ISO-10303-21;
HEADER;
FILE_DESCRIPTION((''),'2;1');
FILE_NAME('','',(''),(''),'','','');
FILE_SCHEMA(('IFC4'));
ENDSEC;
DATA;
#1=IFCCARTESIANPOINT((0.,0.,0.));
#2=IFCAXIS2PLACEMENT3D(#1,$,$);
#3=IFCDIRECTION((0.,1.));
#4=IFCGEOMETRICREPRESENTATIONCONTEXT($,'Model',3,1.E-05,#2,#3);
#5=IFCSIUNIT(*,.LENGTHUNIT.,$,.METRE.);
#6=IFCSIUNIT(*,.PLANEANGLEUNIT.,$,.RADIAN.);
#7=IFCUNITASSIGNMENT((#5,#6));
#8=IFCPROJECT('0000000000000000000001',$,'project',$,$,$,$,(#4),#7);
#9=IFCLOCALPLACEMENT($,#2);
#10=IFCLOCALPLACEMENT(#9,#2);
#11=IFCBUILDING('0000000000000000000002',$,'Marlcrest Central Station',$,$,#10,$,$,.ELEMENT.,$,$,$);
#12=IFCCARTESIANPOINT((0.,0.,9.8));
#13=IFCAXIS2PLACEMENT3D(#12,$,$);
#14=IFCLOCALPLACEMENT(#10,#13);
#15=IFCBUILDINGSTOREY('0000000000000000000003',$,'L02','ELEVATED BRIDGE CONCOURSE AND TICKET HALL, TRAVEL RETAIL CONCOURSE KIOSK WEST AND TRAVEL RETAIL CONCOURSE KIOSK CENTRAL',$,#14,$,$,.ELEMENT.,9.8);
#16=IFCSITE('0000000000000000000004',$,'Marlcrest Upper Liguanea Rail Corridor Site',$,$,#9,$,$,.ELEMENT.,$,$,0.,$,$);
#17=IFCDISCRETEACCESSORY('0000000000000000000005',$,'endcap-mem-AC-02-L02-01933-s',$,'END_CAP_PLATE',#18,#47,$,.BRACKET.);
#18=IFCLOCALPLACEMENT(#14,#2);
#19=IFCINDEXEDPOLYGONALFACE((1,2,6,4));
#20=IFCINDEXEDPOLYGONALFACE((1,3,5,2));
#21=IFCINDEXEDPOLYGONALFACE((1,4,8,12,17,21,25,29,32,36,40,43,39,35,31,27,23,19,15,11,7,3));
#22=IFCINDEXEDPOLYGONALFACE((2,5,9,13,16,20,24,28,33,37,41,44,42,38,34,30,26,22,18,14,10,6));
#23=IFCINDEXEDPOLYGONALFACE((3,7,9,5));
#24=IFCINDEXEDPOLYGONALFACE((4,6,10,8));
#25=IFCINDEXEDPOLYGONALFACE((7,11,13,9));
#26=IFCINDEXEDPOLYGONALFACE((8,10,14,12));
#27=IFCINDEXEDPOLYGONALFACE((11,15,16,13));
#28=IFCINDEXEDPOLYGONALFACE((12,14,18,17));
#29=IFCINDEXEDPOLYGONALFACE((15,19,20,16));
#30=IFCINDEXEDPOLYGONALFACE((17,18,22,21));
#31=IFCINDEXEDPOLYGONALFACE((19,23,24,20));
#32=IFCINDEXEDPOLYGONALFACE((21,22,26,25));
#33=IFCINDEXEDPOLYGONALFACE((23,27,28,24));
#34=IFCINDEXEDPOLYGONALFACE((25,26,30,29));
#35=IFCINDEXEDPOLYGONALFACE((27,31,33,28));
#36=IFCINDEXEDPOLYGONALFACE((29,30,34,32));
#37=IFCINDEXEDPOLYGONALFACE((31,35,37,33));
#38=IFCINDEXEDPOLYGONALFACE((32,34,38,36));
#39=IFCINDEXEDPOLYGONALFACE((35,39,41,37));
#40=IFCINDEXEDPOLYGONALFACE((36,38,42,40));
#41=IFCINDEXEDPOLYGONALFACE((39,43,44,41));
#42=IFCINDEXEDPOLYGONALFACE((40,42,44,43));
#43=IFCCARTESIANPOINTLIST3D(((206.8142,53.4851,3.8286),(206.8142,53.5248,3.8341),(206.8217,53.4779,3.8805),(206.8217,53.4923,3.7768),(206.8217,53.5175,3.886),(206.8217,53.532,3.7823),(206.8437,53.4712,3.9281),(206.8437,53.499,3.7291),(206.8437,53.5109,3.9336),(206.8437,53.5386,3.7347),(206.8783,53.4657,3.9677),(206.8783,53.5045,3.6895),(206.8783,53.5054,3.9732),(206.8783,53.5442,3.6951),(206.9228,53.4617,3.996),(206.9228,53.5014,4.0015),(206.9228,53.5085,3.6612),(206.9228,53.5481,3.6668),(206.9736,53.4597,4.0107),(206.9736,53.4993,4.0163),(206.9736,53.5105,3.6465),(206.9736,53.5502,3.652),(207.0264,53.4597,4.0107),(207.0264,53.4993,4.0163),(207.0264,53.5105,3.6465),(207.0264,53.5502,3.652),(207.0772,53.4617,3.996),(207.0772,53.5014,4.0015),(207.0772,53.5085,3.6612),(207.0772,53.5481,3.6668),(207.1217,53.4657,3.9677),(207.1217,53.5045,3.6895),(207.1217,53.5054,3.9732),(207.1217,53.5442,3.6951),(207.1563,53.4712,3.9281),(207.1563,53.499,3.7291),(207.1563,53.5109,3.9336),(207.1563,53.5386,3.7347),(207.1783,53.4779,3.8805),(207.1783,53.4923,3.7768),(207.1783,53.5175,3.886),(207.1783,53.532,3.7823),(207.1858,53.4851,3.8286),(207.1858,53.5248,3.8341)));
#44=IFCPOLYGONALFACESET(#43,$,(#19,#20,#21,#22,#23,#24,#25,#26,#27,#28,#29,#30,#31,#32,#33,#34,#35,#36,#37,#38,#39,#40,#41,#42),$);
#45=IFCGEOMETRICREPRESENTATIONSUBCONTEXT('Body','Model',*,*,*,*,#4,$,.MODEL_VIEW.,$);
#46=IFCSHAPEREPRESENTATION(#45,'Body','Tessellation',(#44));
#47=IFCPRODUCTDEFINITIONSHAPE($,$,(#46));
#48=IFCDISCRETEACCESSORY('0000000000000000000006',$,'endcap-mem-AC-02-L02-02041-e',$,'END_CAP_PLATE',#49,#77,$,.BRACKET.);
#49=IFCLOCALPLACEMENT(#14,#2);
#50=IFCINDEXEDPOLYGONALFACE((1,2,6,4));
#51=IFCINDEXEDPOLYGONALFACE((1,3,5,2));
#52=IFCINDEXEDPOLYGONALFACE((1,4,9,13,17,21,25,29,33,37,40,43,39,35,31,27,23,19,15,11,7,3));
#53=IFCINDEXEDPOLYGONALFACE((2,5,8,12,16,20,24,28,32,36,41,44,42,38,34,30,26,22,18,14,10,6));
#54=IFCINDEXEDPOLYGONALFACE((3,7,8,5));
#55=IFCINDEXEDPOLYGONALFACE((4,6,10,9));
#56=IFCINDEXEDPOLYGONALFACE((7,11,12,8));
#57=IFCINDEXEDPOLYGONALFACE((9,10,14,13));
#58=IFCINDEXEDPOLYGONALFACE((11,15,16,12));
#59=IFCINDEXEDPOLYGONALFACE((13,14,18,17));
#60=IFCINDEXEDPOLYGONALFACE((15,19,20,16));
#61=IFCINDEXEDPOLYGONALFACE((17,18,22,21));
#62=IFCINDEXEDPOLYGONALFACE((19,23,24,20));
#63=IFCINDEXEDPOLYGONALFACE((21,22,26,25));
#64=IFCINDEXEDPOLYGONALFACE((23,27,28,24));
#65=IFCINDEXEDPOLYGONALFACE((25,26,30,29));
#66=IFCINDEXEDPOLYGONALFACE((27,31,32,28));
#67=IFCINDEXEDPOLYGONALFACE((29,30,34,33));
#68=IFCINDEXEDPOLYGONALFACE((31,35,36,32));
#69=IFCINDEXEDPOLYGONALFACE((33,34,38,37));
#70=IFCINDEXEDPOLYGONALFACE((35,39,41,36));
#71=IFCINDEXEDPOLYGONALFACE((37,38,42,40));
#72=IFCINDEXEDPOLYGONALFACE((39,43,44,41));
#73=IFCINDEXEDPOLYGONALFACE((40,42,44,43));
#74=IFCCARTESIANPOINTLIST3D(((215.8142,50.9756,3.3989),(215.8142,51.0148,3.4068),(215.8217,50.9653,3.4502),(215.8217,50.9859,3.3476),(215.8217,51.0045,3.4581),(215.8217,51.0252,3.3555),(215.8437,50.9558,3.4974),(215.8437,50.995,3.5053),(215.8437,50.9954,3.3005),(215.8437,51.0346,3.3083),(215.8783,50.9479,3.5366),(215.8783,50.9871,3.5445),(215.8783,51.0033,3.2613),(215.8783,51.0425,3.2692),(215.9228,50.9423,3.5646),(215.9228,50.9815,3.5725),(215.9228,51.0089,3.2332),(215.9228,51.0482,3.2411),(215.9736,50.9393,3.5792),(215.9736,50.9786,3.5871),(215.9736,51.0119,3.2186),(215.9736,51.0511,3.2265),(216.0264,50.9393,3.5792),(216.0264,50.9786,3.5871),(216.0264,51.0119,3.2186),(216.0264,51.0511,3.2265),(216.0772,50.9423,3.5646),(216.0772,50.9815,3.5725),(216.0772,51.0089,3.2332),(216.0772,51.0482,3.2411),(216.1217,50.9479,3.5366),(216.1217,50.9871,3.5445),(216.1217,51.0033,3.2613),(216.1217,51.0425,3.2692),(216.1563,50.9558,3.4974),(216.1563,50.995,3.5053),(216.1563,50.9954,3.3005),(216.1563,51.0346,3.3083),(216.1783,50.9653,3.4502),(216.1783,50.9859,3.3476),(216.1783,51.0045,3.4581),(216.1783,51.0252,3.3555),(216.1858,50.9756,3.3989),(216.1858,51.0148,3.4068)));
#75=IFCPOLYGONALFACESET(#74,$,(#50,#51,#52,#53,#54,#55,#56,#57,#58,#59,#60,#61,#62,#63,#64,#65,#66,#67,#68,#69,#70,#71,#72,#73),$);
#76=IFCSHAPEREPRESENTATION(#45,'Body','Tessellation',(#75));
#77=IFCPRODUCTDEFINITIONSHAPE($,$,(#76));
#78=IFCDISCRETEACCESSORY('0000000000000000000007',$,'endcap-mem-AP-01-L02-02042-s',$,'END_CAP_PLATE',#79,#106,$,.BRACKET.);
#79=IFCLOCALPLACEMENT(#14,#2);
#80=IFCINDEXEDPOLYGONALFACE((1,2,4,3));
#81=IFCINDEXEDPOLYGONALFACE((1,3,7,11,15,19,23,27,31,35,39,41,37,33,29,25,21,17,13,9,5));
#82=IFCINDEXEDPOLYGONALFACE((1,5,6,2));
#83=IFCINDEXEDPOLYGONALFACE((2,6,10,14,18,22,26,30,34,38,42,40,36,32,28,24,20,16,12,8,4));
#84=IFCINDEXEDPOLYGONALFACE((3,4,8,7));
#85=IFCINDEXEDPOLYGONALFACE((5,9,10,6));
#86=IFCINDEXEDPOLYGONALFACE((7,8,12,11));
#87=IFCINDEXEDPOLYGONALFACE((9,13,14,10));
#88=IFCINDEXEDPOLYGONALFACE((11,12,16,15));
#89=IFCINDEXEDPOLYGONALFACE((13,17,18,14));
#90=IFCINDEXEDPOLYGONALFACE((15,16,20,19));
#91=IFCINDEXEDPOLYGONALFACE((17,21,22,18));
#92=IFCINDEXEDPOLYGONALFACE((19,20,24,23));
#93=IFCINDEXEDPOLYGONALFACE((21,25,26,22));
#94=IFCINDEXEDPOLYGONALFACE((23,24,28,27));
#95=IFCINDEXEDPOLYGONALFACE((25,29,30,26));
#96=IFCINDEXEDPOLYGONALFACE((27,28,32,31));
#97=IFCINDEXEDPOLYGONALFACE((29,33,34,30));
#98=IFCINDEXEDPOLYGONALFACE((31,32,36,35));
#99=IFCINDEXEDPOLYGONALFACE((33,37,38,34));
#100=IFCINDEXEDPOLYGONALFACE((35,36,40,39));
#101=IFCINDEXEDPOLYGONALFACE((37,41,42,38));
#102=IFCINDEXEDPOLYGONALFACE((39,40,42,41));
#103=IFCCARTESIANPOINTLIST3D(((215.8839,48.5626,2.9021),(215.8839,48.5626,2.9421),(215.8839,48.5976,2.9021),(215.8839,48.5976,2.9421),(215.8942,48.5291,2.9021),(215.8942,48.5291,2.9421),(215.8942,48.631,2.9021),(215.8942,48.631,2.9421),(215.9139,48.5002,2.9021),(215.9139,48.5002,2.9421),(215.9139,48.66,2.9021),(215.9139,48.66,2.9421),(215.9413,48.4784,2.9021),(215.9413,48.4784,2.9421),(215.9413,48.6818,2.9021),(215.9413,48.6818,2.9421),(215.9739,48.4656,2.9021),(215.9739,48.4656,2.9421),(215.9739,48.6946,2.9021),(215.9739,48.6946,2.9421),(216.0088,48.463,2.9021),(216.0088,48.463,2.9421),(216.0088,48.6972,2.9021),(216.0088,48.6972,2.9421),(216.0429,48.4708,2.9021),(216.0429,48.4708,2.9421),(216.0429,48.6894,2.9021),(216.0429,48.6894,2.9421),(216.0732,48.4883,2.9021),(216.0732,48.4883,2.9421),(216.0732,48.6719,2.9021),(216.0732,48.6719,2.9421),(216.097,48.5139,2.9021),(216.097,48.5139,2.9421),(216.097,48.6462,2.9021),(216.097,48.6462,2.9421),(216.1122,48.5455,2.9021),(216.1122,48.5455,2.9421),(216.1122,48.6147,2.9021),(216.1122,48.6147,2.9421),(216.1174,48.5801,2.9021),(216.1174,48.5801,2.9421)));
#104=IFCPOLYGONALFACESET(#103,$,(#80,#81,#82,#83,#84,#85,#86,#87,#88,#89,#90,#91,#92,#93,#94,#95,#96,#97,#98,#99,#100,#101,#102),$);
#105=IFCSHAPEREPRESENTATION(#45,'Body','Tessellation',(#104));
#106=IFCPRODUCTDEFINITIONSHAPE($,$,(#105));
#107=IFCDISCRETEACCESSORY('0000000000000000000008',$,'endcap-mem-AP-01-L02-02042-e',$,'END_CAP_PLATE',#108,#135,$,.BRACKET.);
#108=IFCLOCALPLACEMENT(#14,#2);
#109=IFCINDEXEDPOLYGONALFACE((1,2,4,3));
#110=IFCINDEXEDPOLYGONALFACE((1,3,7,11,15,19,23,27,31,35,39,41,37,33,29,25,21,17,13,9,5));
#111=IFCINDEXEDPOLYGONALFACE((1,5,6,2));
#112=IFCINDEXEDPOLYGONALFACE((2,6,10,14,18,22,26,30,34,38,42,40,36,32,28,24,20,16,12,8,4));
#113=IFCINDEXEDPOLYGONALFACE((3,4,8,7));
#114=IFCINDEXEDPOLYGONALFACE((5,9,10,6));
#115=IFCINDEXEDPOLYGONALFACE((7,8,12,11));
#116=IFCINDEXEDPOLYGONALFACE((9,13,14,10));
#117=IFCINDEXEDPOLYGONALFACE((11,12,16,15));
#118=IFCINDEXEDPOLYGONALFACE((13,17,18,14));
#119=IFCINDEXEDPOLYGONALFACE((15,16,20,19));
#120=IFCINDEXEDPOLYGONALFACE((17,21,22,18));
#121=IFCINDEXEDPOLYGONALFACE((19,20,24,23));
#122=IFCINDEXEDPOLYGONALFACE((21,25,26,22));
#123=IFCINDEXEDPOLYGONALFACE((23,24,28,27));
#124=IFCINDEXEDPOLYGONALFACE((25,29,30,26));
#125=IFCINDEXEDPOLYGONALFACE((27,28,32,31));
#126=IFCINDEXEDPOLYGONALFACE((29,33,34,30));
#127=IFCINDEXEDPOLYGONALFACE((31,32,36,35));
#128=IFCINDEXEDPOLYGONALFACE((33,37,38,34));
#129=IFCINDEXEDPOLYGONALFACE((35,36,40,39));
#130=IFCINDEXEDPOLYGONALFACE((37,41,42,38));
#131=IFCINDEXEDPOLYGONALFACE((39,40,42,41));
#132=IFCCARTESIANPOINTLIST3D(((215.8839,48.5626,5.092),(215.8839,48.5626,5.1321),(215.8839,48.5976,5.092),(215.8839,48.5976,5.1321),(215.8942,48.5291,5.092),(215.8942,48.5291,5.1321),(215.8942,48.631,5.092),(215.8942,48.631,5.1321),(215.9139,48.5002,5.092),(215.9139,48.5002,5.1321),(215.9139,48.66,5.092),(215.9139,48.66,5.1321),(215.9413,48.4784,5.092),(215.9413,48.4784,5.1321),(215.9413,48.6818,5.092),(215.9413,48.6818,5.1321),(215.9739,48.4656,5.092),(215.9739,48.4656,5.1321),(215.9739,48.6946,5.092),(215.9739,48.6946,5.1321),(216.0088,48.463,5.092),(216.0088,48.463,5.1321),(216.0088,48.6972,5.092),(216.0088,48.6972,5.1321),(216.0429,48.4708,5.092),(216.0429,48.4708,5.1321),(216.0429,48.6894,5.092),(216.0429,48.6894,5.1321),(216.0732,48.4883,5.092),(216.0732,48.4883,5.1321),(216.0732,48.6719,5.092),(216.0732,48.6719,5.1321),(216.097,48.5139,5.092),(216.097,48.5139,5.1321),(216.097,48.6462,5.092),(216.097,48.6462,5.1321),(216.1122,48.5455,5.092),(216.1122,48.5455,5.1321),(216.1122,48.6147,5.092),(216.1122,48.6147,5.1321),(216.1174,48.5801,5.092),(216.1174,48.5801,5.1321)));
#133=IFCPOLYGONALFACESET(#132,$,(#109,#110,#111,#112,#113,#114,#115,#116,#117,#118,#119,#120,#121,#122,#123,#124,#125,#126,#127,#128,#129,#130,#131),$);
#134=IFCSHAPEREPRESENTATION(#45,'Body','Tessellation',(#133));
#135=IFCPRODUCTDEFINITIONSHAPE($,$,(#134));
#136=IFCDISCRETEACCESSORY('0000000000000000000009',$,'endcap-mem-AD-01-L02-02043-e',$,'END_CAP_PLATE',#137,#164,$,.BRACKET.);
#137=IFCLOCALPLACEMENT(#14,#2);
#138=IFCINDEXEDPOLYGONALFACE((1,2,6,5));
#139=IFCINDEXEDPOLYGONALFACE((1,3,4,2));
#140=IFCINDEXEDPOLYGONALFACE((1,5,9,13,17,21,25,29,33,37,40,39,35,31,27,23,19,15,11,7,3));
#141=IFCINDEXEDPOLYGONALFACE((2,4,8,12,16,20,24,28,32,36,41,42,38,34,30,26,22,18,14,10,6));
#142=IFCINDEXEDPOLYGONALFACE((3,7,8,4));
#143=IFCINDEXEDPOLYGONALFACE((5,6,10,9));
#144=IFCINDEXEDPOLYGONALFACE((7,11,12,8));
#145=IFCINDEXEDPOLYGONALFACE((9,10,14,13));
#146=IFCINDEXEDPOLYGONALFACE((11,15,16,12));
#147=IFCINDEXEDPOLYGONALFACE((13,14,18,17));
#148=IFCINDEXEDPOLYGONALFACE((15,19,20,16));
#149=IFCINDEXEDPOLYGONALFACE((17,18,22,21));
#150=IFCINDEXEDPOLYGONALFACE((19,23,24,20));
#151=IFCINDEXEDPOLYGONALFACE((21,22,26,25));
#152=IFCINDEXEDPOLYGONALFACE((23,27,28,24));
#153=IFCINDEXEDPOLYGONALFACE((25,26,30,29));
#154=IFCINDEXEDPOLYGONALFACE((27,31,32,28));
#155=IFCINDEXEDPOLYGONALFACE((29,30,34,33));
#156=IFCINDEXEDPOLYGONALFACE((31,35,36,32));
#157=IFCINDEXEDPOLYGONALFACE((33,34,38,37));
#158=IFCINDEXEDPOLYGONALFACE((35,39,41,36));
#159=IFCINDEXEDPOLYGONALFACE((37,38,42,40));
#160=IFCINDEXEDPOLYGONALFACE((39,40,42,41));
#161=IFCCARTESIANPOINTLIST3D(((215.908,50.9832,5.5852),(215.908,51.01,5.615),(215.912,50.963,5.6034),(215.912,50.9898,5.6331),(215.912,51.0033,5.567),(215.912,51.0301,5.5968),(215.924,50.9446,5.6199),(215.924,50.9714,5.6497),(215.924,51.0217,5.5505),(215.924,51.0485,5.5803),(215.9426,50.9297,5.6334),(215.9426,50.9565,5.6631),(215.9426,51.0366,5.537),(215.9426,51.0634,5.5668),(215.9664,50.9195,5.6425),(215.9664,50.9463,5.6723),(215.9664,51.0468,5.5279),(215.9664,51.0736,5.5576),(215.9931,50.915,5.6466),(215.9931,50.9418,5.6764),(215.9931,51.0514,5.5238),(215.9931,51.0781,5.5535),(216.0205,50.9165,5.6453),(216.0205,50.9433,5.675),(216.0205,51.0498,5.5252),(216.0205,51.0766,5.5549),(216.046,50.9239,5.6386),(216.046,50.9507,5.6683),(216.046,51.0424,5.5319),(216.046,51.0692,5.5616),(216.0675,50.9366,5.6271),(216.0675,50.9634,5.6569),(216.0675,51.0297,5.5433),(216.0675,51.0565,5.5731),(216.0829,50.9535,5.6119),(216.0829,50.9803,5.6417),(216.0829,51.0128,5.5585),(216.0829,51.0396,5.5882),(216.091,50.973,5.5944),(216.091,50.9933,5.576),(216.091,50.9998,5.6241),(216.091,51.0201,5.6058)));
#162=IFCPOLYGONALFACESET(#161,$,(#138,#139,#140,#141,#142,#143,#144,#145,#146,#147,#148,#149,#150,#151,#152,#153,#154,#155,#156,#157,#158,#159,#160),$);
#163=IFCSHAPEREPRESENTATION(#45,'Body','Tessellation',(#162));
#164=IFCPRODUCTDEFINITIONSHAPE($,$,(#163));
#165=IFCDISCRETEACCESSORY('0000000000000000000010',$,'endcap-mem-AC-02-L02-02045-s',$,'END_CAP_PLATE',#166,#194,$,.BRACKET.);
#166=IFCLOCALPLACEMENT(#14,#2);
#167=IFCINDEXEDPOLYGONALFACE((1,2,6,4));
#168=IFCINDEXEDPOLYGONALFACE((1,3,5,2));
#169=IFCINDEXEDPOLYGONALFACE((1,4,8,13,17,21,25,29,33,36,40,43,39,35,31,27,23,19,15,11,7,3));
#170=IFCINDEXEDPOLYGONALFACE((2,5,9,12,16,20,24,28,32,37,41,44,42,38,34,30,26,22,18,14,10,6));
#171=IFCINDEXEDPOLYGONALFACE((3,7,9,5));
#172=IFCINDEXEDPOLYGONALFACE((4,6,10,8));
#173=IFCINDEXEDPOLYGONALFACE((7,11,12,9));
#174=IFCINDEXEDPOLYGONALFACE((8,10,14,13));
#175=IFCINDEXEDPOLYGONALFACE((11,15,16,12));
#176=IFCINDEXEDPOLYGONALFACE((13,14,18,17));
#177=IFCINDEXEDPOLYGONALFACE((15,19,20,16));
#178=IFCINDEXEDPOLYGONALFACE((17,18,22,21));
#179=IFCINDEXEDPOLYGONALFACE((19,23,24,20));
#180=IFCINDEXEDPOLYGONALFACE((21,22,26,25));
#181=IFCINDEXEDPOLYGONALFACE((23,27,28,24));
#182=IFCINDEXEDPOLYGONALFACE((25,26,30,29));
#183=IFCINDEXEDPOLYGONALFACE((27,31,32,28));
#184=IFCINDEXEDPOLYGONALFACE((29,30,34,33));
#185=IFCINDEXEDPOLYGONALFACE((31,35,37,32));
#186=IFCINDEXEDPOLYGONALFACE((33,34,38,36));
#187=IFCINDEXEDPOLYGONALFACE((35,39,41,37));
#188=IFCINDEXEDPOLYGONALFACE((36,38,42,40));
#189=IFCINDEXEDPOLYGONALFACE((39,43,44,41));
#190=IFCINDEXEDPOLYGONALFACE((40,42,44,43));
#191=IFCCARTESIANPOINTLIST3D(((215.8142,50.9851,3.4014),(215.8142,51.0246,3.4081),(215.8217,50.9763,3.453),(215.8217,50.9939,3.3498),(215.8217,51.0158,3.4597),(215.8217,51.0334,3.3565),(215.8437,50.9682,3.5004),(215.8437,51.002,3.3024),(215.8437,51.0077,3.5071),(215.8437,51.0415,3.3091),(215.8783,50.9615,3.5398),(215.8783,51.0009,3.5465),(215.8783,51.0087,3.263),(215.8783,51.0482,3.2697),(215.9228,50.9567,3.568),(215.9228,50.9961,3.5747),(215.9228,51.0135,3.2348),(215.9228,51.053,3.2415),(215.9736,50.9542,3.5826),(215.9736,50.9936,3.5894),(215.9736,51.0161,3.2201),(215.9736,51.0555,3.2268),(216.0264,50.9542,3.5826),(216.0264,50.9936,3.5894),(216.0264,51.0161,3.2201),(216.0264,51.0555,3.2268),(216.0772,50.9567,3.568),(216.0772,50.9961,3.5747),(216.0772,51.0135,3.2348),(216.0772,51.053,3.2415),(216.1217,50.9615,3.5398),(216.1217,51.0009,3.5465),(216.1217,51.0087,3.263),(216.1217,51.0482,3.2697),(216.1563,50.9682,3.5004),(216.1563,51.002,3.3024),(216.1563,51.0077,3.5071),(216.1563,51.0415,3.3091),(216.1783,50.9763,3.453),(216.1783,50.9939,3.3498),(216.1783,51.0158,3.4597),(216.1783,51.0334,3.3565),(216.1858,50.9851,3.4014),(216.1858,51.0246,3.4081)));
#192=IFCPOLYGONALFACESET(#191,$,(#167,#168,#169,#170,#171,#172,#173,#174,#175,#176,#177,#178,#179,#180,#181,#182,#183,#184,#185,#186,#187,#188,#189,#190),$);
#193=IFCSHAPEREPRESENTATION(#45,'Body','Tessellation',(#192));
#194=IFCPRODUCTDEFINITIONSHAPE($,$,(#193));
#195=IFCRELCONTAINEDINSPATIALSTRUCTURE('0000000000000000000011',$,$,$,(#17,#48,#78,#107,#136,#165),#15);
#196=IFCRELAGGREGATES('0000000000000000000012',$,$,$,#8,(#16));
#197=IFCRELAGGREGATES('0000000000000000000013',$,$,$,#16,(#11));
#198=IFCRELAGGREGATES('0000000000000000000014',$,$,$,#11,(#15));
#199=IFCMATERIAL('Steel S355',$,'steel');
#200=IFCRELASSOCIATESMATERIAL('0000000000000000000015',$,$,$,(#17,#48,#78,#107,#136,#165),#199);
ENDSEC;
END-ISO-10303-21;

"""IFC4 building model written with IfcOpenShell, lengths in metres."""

from ifc_helpers import new_model, si_unit, direction, frame, origin, origin_2d, place, context, subcontext, project, spatial, circle, extrude, material, element, save


model = new_model("IFC4")

# Units and contexts
model_context = context("Model", 3, precision=1e-05, world=origin(), true_north=direction((0.0, 1.0)))
body_context = subcontext(model_context, "Body", "Model", "MODEL_VIEW")
ifc_project = project(units=[si_unit("LENGTHUNIT", "METRE"), si_unit("PLANEANGLEUNIT", "RADIAN")], contexts=[model_context])

# Site, building, storey
site_placement = place(None, origin())
site = spatial("IfcSite", under=ifc_project, at=site_placement, Name="Marlcrest Upper Liguanea Rail Corridor Site", CompositionType="ELEMENT", RefElevation=0.0)
building_placement = place(site_placement, origin())
building = spatial("IfcBuilding", under=site, at=building_placement, Name="Marlcrest Central Station", CompositionType="ELEMENT")
storey_placement = place(building_placement, frame((0.0, 0.0, 9.8)))
storey = spatial("IfcBuildingStorey", under=building, at=storey_placement, Name="L02", Description="ELEVATED BRIDGE CONCOURSE AND TICKET HALL, TRAVEL RETAIL CONCOURSE KIOSK WEST AND TRAVEL RETAIL CONCOURSE KIOSK CENTRAL", CompositionType="ELEMENT", Elevation=9.8)

# Shared definitions
ifc_material = material(Name="Steel S355", Category="steel")

# Discrete accessories
for number, where, z_axis, x_axis, name in (
    (1, (207.0, 53.4851, 3.8286), (0.0, 0.990403, 0.138211), (-1.0, 0.0, 0.0), "endcap-mem-AC-02-L02-01933-s"),
    (2, (216.0, 50.9756, 3.3989), (0.0, 0.980359, 0.197219), (-1.0, 0.0, 0.0), "endcap-mem-AC-02-L02-02041-e"),
):
    element("IfcDiscreteAccessory", number, at=place(storey_placement, frame(where, z_axis=z_axis, x_axis=x_axis)), inside=storey, material=ifc_material, Name=name, ObjectType="END_CAP_PLATE", PredefinedType="BRACKET", context=body_context, shape_type="SweptSolid", body=[
        extrude(circle(Radius=0.1858, at=origin_2d()), origin(), (0.0, 0.0, 1.0), 0.04),
    ])
for number, where, z_axis, x_axis, name in (
    (3, (216.0, 48.5801, 2.9021), (0.0, 0.0, 1.0), (1.0, 0.0, 0.0), "endcap-mem-AP-01-L02-02042-s"),
    (4, (216.0, 48.5801, 5.092), (0.0, 0.0, 1.0), (1.0, 0.0, 0.0), "endcap-mem-AP-01-L02-02042-e"),
):
    element("IfcDiscreteAccessory", number, at=place(storey_placement, frame(where, z_axis=z_axis, x_axis=x_axis)), inside=storey, material=ifc_material, Name=name, ObjectType="END_CAP_PLATE", PredefinedType="BRACKET", context=body_context, shape_type="SweptSolid", body=[
        extrude(circle(Radius=0.1174, at=origin_2d()), origin(), (0.0, 0.0, 1.0), 0.04),
    ])
discrete_accessory_1_placement = place(storey_placement, frame((216.0, 50.9832, 5.5852), z_axis=(0.0, 0.669244, 0.743042), x_axis=(-1.0, 0.0, 0.0)))
element("IfcDiscreteAccessory", 5, at=discrete_accessory_1_placement, inside=storey, material=ifc_material, Name="endcap-mem-AD-01-L02-02043-e", ObjectType="END_CAP_PLATE", PredefinedType="BRACKET", context=body_context, shape_type="SweptSolid", body=[
    extrude(circle(Radius=0.092, at=origin_2d()), origin(), (0.0, 0.0, 1.0), 0.04),
])
for number, where, z_axis, x_axis, name in (
    (6, (216.0, 50.9851, 3.4014), (0.0, 0.985741, 0.168269), (-1.0, 0.0, 0.0), "endcap-mem-AC-02-L02-02045-s"),
):
    element("IfcDiscreteAccessory", number, at=place(storey_placement, frame(where, z_axis=z_axis, x_axis=x_axis)), inside=storey, material=ifc_material, Name=name, ObjectType="END_CAP_PLATE", PredefinedType="BRACKET", context=body_context, shape_type="SweptSolid", body=[
        extrude(circle(Radius=0.1858, at=origin_2d()), origin(), (0.0, 0.0, 1.0), 0.04),
    ])

save(model, "model.ifc")
